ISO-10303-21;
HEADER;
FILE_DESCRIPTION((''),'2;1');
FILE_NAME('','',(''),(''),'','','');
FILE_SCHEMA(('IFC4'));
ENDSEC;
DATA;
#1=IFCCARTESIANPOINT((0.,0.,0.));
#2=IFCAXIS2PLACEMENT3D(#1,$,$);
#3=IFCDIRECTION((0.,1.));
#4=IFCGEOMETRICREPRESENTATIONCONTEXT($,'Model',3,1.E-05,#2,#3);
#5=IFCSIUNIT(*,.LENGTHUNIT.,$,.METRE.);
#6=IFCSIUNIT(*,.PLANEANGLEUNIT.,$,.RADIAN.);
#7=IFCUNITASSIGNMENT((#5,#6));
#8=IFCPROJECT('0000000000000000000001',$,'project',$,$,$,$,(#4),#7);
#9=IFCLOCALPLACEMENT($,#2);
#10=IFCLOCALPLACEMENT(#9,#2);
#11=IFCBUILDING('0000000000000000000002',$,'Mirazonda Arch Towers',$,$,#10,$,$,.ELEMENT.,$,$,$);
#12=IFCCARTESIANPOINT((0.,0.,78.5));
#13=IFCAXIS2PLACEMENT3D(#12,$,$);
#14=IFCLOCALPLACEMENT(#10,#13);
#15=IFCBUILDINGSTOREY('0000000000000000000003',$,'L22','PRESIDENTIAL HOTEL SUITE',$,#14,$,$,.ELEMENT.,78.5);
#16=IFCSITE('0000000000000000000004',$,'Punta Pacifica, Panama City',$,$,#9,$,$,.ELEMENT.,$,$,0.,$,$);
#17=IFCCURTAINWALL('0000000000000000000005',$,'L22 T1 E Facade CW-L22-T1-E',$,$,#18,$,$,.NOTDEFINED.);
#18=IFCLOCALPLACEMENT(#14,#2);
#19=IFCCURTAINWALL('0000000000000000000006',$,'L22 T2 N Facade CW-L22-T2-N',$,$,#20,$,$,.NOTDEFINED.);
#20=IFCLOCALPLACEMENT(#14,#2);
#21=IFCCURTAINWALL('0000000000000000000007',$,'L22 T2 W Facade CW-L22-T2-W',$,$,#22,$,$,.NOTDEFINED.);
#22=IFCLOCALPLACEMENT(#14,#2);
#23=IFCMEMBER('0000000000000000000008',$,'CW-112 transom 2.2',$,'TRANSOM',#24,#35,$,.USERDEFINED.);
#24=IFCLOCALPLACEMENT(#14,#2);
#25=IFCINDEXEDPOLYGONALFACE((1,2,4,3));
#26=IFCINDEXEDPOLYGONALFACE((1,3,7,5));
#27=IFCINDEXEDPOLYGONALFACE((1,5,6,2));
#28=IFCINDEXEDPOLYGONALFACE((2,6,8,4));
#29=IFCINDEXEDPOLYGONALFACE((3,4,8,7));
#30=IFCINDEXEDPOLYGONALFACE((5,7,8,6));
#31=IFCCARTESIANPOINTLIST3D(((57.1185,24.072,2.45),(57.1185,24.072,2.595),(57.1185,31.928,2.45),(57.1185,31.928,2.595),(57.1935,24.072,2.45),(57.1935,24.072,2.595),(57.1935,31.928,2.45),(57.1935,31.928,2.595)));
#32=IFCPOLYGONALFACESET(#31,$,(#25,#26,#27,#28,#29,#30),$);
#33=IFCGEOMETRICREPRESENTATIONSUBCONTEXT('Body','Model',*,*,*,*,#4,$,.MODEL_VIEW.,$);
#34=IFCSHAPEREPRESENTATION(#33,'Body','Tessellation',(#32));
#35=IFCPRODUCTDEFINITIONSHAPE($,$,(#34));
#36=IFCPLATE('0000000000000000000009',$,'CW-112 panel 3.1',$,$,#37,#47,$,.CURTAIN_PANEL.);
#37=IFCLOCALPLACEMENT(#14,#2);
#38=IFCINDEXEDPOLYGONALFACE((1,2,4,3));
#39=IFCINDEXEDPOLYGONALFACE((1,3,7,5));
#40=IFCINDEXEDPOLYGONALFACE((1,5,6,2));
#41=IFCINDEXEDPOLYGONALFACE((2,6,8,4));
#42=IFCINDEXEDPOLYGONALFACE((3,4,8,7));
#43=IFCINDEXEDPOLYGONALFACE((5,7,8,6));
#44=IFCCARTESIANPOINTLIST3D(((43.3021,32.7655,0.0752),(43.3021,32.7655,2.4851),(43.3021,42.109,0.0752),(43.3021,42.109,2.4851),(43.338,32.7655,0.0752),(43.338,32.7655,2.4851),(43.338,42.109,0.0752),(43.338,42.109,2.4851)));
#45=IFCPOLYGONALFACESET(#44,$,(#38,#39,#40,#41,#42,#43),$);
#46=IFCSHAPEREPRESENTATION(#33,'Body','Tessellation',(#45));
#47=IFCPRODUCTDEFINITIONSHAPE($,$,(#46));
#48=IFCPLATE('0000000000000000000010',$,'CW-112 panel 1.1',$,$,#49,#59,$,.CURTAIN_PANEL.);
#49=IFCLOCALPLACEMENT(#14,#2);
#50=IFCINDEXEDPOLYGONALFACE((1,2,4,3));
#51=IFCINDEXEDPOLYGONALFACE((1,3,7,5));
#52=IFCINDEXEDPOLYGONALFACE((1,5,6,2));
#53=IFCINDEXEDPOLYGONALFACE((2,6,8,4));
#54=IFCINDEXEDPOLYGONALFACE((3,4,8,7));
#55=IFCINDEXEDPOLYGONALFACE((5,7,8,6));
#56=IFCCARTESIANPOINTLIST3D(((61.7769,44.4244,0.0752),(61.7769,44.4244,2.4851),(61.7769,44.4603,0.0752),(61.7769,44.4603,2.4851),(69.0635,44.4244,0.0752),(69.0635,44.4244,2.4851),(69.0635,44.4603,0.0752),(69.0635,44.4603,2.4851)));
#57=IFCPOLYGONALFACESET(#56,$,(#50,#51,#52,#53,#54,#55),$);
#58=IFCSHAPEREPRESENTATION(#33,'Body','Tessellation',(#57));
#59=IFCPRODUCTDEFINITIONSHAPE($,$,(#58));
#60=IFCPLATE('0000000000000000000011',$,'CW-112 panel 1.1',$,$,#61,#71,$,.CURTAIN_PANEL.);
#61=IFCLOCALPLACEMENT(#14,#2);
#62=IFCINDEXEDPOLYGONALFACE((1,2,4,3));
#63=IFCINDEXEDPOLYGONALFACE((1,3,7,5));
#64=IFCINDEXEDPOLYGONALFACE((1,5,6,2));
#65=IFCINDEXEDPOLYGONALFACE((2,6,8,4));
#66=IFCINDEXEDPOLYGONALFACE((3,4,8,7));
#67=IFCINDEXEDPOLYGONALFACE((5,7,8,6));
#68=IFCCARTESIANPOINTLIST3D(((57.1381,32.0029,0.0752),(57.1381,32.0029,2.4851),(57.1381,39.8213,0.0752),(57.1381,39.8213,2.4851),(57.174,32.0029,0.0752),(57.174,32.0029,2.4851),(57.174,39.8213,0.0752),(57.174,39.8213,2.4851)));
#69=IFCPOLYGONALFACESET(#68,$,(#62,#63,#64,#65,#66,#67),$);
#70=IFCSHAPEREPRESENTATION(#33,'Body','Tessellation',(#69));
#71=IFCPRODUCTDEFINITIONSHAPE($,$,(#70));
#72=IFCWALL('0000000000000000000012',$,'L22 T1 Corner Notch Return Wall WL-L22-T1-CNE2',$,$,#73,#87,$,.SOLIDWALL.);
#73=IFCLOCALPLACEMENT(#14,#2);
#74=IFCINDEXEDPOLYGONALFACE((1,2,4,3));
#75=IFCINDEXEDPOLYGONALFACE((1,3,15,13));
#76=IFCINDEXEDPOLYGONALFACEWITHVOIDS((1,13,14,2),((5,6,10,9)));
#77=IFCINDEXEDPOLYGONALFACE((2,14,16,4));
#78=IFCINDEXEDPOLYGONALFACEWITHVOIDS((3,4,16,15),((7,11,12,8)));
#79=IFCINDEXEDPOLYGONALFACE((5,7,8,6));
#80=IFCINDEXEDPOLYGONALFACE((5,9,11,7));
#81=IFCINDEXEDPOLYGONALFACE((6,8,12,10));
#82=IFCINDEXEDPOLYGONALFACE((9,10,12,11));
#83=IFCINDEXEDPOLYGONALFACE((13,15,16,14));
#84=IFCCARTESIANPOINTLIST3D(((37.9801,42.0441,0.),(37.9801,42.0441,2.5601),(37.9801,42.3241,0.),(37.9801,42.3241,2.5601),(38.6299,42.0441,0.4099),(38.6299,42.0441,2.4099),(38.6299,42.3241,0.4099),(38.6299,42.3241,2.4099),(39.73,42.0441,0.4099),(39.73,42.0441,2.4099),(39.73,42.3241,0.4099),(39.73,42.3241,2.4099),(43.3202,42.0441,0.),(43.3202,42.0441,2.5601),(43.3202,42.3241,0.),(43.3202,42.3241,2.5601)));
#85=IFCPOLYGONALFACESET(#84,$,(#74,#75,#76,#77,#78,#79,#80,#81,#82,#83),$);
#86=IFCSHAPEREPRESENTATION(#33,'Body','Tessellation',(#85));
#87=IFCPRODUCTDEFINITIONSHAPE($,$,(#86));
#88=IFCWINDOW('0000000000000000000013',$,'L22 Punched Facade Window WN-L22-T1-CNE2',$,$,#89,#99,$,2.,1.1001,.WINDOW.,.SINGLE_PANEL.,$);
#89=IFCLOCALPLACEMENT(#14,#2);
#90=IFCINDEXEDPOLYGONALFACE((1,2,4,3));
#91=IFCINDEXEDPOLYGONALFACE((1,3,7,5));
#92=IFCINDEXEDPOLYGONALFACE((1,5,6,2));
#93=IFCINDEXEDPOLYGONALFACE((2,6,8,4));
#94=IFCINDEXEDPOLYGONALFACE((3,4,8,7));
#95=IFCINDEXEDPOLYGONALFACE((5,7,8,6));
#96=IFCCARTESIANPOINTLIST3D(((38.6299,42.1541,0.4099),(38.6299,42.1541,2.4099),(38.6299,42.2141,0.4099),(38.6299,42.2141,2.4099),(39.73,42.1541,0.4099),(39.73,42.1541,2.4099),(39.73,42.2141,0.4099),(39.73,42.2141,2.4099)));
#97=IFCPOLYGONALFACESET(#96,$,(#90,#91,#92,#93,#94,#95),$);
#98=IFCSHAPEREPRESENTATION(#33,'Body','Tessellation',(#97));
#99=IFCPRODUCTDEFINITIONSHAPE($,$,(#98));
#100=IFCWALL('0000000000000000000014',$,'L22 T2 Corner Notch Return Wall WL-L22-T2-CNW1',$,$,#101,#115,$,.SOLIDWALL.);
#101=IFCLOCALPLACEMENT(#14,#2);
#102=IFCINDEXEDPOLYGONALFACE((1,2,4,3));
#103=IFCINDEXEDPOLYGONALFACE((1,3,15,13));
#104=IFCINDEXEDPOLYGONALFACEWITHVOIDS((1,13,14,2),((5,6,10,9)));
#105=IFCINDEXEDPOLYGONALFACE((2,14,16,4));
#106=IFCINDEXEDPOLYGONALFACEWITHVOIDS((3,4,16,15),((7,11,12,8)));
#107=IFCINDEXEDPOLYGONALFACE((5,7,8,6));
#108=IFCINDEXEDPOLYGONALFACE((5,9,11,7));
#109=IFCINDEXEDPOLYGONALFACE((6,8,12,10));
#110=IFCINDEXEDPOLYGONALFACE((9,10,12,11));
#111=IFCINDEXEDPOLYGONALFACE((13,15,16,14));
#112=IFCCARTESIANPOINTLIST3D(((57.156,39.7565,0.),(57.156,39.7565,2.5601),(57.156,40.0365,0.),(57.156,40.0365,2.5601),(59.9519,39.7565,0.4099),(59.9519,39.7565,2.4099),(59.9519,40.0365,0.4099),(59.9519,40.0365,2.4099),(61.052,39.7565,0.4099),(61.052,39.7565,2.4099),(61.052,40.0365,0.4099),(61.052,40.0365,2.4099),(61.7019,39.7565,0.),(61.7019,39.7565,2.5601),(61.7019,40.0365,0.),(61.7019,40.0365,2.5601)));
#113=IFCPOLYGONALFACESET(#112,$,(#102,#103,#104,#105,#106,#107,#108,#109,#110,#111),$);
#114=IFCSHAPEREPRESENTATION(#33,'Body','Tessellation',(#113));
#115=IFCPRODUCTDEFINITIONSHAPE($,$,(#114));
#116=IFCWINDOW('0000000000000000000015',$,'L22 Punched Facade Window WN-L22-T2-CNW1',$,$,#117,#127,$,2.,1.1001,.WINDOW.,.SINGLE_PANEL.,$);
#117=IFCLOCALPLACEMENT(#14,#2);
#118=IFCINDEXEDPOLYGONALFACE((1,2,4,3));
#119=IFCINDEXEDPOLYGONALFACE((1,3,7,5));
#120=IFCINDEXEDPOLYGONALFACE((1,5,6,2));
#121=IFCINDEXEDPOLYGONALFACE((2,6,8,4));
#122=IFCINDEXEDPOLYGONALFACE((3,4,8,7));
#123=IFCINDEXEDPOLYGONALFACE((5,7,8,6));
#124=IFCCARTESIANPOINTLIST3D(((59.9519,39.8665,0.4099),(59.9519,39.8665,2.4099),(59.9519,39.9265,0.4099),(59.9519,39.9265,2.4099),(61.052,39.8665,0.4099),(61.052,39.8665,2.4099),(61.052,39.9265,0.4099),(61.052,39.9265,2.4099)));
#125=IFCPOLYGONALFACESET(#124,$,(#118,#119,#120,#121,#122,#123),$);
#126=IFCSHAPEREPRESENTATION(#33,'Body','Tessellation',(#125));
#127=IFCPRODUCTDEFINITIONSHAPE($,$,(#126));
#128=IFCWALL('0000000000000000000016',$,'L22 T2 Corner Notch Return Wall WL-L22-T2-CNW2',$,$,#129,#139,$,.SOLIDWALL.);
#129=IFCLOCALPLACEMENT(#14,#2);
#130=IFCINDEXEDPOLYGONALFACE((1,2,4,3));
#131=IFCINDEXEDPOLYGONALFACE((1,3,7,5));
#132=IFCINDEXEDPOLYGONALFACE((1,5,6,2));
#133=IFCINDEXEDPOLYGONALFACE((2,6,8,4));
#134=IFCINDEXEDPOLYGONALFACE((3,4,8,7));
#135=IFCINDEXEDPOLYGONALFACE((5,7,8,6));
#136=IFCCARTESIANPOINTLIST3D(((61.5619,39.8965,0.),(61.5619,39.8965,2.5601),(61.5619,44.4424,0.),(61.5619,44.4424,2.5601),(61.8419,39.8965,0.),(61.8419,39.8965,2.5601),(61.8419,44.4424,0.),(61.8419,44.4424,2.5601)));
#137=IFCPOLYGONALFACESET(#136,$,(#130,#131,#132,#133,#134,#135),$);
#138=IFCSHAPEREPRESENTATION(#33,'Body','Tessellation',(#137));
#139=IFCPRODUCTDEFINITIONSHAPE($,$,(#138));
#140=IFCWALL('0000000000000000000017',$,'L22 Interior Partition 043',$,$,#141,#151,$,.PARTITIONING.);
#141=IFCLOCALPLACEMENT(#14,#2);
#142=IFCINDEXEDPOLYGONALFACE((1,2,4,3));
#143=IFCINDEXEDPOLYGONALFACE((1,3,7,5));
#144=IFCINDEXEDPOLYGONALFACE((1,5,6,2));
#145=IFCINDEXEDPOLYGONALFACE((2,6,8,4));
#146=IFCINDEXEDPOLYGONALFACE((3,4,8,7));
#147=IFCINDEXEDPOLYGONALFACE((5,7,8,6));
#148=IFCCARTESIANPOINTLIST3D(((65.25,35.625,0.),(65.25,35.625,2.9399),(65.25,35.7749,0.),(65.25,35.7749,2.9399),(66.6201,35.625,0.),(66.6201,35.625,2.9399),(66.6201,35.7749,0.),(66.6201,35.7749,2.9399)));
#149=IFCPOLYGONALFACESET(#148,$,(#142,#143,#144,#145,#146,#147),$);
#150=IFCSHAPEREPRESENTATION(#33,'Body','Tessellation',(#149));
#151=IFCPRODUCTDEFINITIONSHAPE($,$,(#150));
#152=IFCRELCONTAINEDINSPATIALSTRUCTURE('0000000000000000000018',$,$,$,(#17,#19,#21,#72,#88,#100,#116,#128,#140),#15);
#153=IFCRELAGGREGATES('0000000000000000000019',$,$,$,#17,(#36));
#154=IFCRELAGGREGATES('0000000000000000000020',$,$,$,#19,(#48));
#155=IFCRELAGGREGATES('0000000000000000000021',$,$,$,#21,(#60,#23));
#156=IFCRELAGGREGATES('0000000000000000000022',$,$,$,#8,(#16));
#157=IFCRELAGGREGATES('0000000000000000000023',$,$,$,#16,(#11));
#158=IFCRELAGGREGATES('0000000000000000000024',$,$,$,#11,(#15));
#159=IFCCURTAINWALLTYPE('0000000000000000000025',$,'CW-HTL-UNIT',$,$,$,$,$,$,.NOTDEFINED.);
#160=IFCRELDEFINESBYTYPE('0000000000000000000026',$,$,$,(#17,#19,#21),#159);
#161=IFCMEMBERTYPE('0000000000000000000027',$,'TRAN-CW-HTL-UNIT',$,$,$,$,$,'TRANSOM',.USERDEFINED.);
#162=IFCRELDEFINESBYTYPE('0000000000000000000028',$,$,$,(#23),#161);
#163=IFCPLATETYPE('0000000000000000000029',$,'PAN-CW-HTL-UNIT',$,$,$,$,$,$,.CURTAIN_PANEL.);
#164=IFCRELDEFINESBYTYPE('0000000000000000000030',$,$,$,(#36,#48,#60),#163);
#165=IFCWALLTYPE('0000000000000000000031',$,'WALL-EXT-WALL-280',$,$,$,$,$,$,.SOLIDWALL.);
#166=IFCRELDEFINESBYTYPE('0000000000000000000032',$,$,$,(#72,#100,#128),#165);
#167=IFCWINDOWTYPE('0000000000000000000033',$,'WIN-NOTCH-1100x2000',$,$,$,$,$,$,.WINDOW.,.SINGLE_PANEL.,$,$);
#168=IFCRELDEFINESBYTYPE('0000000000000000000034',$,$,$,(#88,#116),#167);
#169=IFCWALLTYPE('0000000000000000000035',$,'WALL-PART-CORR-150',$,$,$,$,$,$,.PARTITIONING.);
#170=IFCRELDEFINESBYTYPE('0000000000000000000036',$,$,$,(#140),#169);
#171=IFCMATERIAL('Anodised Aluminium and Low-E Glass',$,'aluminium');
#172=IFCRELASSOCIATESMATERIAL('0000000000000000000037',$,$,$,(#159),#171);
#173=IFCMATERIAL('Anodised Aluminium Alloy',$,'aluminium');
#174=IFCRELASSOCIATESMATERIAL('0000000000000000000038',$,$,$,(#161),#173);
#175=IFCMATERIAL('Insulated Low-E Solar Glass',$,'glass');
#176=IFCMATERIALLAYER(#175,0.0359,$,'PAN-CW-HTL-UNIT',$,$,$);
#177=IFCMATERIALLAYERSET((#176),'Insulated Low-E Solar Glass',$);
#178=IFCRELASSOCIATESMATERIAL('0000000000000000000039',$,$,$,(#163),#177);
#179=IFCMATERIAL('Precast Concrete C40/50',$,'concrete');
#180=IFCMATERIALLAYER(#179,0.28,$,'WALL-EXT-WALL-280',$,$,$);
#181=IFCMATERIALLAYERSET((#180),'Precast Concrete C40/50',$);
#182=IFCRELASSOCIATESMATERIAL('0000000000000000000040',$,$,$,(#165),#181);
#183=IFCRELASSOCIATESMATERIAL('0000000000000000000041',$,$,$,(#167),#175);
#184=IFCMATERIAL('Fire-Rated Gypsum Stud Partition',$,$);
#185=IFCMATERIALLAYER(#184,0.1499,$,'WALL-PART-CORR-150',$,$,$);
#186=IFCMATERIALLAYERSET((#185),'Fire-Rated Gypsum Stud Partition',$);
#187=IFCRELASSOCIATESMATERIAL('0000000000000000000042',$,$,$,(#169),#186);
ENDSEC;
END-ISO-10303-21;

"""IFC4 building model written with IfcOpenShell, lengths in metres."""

from ifc_helpers import new_model, si_unit, direction, frame, frame_2d, origin, origin_2d, place, context, subcontext, project, spatial, rectangle, extrude, material, layer, layer_set, material_profile, profile_set, type_object, element, fill, aggregate, save


model = new_model("IFC4")

# Units and contexts
model_context = context("Model", 3, precision=1e-05, world=origin(), true_north=direction((0.0, 1.0)))
body_context = subcontext(model_context, "Body", "Model", "MODEL_VIEW")
ifc_project = project(units=[si_unit("LENGTHUNIT", "METRE"), si_unit("PLANEANGLEUNIT", "RADIAN")], contexts=[model_context])

# Site, building, storey
site_placement = place(None, origin())
site = spatial("IfcSite", under=ifc_project, at=site_placement, Name="Punta Pacifica, Panama City", CompositionType="ELEMENT", RefElevation=0.0)
building_placement = place(site_placement, origin())
building = spatial("IfcBuilding", under=site, at=building_placement, Name="Mirazonda Arch Towers", CompositionType="ELEMENT")
storey_placement = place(building_placement, frame((0.0, 0.0, 78.5)))
storey = spatial("IfcBuildingStorey", under=building, at=storey_placement, Name="L22", Description="PRESIDENTIAL HOTEL SUITE", CompositionType="ELEMENT", Elevation=78.5)

# Curtain wall
ifc_material_1 = material(Name="Anodised Aluminium and Low-E Glass", Category="aluminium")
curtain_wall_type = type_object("IfcCurtainWallType", Name="CW-HTL-UNIT", PredefinedType="NOTDEFINED", material=ifc_material_1)
curtain_wall_1_placement = place(storey_placement, origin())
curtain_wall_1 = element("IfcCurtainWall", 1, at=curtain_wall_1_placement, inside=storey, type_object=curtain_wall_type, Name="L22 T1 E Facade CW-L22-T1-E", PredefinedType="NOTDEFINED")
ifc_material_2 = material(Name="Anodised Aluminium Alloy", Category="aluminium")

# Curtain wall
curtain_wall_2_placement = place(storey_placement, origin())
curtain_wall_2 = element("IfcCurtainWall", 2, at=curtain_wall_2_placement, inside=storey, type_object=curtain_wall_type, Name="L22 T2 N Facade CW-L22-T2-N", PredefinedType="NOTDEFINED")

# Curtain wall
curtain_wall_3_placement = place(storey_placement, origin())
curtain_wall_3 = element("IfcCurtainWall", 3, at=curtain_wall_3_placement, inside=storey, type_object=curtain_wall_type, Name="L22 T2 W Facade CW-L22-T2-W", PredefinedType="NOTDEFINED")

# Member
ifc_material_profile_1 = material_profile(ifc_material_2, rectangle(XDim=0.075, YDim=0.145, at=origin_2d()), Name="ALU-TRAN-75x145")
ifc_profile_set_1 = profile_set([ifc_material_profile_1], Name="Anodised Aluminium Alloy")
member_type_1 = type_object("IfcMemberType", Name="TRAN-CW-HTL-UNIT", ElementType="TRANSOM", PredefinedType="USERDEFINED", material=ifc_profile_set_1)
member_1_placement = place(storey_placement, frame((57.156, 31.928, 2.5225), z_axis=(0.0, -1.0, 0.0), x_axis=(1.0, 0.0, 0.0)))
member_1 = element("IfcMember", 4, at=member_1_placement, type_object=member_type_1, Name="CW-112 transom 2.2", ObjectType="TRANSOM", PredefinedType="USERDEFINED", context=body_context, shape_type="SweptSolid", body=[
    extrude(rectangle(XDim=0.075, YDim=0.145, at=origin_2d()), origin(), (0.0, 0.0, 1.0), 7.856),
])

# Plates
ifc_material_3 = material(Name="Insulated Low-E Solar Glass", Category="glass")
ifc_layer_1 = layer(ifc_material_3, 0.0359, Name="PAN-CW-HTL-UNIT")
ifc_layer_set_1 = layer_set([ifc_layer_1], Name="Insulated Low-E Solar Glass")
plate_type = type_object("IfcPlateType", Name="PAN-CW-HTL-UNIT", PredefinedType="CURTAIN_PANEL", material=ifc_layer_set_1)
plate_1_placement = place(storey_placement, frame((43.3201, 37.4373, 0.0752), z_axis=(0.0, 0.0, 1.0), x_axis=(0.0, 1.0, 0.0)))
plate_1 = element("IfcPlate", 5, at=plate_1_placement, type_object=plate_type, Name="CW-112 panel 3.1", PredefinedType="CURTAIN_PANEL", context=body_context, shape_type="SweptSolid", body=[
    extrude(rectangle(XDim=9.3435, YDim=0.0359, at=origin_2d()), origin(), (0.0, 0.0, 1.0), 2.4099),
])
aggregate(curtain_wall_1, [plate_1])
plate_2_placement = place(storey_placement, frame((65.4202, 44.4424, 0.0752), z_axis=(0.0, 0.0, 1.0), x_axis=(1.0, 0.0, 0.0)))
plate_2 = element("IfcPlate", 6, at=plate_2_placement, type_object=plate_type, Name="CW-112 panel 1.1", PredefinedType="CURTAIN_PANEL", context=body_context, shape_type="SweptSolid", body=[
    extrude(rectangle(XDim=7.2866, YDim=0.0359, at=origin_2d()), origin(), (0.0, 0.0, 1.0), 2.4099),
])
aggregate(curtain_wall_2, [plate_2])
plate_3_placement = place(storey_placement, frame((57.156, 35.9121, 0.0752), z_axis=(0.0, 0.0, 1.0), x_axis=(0.0, -1.0, 0.0)))
plate_3 = element("IfcPlate", 7, at=plate_3_placement, type_object=plate_type, Name="CW-112 panel 1.1", PredefinedType="CURTAIN_PANEL", context=body_context, shape_type="SweptSolid", body=[
    extrude(rectangle(XDim=7.8184, YDim=0.0359, at=origin_2d()), origin(), (0.0, 0.0, 1.0), 2.4099),
])
aggregate(curtain_wall_3, [plate_3, member_1])

# Walls, openings, windows
ifc_material_4 = material(Name="Precast Concrete C40/50", Category="concrete")
ifc_layer_2 = layer(ifc_material_4, 0.28, Name="WALL-EXT-WALL-280")
ifc_layer_set_2 = layer_set([ifc_layer_2], Name="Precast Concrete C40/50")
wall_type_1 = type_object("IfcWallType", Name="WALL-EXT-WALL-280", PredefinedType="SOLIDWALL", material=ifc_layer_set_2)
wall_1_placement = place(storey_placement, frame((43.3201, 42.1841, 0.0), z_axis=(0.0, 0.0, 1.0), x_axis=(-1.0, 0.0, 0.0)))
wall_1 = element("IfcWall", 8, at=wall_1_placement, inside=storey, type_object=wall_type_1, Name="L22 T1 Corner Notch Return Wall WL-L22-T1-CNE2", PredefinedType="SOLIDWALL", context=body_context, shape_type="SweptSolid", body=[
    extrude(rectangle(XDim=5.3401, YDim=0.28, at=frame_2d((2.6699, 0.0))), origin(), (0.0, 0.0, 1.0), 2.5601),
])
opening_1_placement = place(wall_1_placement, frame((3.5901, 0.0, 0.4099)))
opening_1 = element("IfcOpeningElement", 9, at=opening_1_placement, cuts=wall_1, PredefinedType="OPENING", context=body_context, shape_type="SweptSolid", body=[
    extrude(rectangle(XDim=1.1001, YDim=2.0, at=frame_2d((0.55, 1.0))), frame((0.0, 0.1499, 0.0), z_axis=(0.0, -1.0, 0.0), x_axis=(1.0, 0.0, 0.0)), (0.0, 0.0, 1.0), 0.3),
])
window_type = type_object("IfcWindowType", Name="WIN-NOTCH-1100x2000", PartitioningType="SINGLE_PANEL", PredefinedType="WINDOW", material=ifc_material_3)
window_1_placement = place(opening_1_placement, origin())
window_1 = element("IfcWindow", 10, at=window_1_placement, inside=storey, type_object=window_type, Name="L22 Punched Facade Window WN-L22-T1-CNE2", OverallHeight=2.0, OverallWidth=1.1001, PartitioningType="SINGLE_PANEL", PredefinedType="WINDOW", context=body_context, shape_type="SweptSolid", body=[
    extrude(rectangle(XDim=1.1001, YDim=2.0, at=frame_2d((0.55, 1.0))), frame((0.0, 0.03, 0.0), z_axis=(0.0, -1.0, 0.0), x_axis=(1.0, 0.0, 0.0)), (0.0, 0.0, 1.0), 0.0601),
])
fill(opening_1, window_1)
wall_2_placement = place(storey_placement, frame((61.7019, 39.8965, 0.0), z_axis=(0.0, 0.0, 1.0), x_axis=(-1.0, 0.0, 0.0)))
wall_2 = element("IfcWall", 11, at=wall_2_placement, inside=storey, type_object=wall_type_1, Name="L22 T2 Corner Notch Return Wall WL-L22-T2-CNW1", PredefinedType="SOLIDWALL", context=body_context, shape_type="SweptSolid", body=[
    extrude(rectangle(XDim=4.5459, YDim=0.28, at=frame_2d((2.2729, 0.0))), origin(), (0.0, 0.0, 1.0), 2.5601),
])
opening_2_placement = place(wall_2_placement, frame((0.6499, 0.0, 0.4099)))
opening_2 = element("IfcOpeningElement", 12, at=opening_2_placement, cuts=wall_2, PredefinedType="OPENING", context=body_context, shape_type="SweptSolid", body=[
    extrude(rectangle(XDim=1.1001, YDim=2.0, at=frame_2d((0.55, 1.0))), frame((0.0, 0.1499, 0.0), z_axis=(0.0, -1.0, 0.0), x_axis=(1.0, 0.0, 0.0)), (0.0, 0.0, 1.0), 0.3),
])
window_2_placement = place(opening_2_placement, origin())
window_2 = element("IfcWindow", 13, at=window_2_placement, inside=storey, type_object=window_type, Name="L22 Punched Facade Window WN-L22-T2-CNW1", OverallHeight=2.0, OverallWidth=1.1001, PartitioningType="SINGLE_PANEL", PredefinedType="WINDOW", context=body_context, shape_type="SweptSolid", body=[
    extrude(rectangle(XDim=1.1001, YDim=2.0, at=frame_2d((0.55, 1.0))), frame((0.0, 0.03, 0.0), z_axis=(0.0, -1.0, 0.0), x_axis=(1.0, 0.0, 0.0)), (0.0, 0.0, 1.0), 0.0601),
])
fill(opening_2, window_2)

# Walls
wall_3_placement = place(storey_placement, frame((61.7019, 44.4424, 0.0), z_axis=(0.0, 0.0, 1.0), x_axis=(0.0, -1.0, 0.0)))
element("IfcWall", 14, at=wall_3_placement, inside=storey, type_object=wall_type_1, Name="L22 T2 Corner Notch Return Wall WL-L22-T2-CNW2", PredefinedType="SOLIDWALL", context=body_context, shape_type="SweptSolid", body=[
    extrude(rectangle(XDim=4.5459, YDim=0.28, at=frame_2d((2.2729, 0.0))), origin(), (0.0, 0.0, 1.0), 2.5601),
])
ifc_material_5 = material(Name="Fire-Rated Gypsum Stud Partition")
ifc_layer_3 = layer(ifc_material_5, 0.1499, Name="WALL-PART-CORR-150")
ifc_layer_set_3 = layer_set([ifc_layer_3], Name="Fire-Rated Gypsum Stud Partition")
wall_type_2 = type_object("IfcWallType", Name="WALL-PART-CORR-150", PredefinedType="PARTITIONING", material=ifc_layer_set_3)
wall_4_placement = place(storey_placement, frame((65.25, 35.7, 0.0), z_axis=(0.0, 0.0, 1.0), x_axis=(1.0, 0.0, 0.0)))
element("IfcWall", 15, at=wall_4_placement, inside=storey, type_object=wall_type_2, Name="L22 Interior Partition 043", PredefinedType="PARTITIONING", context=body_context, shape_type="SweptSolid", body=[
    extrude(rectangle(XDim=1.3701, YDim=0.1499, at=frame_2d((0.6851, 0.0))), origin(), (0.0, 0.0, 1.0), 2.9399),
])

save(model, "model.ifc")
